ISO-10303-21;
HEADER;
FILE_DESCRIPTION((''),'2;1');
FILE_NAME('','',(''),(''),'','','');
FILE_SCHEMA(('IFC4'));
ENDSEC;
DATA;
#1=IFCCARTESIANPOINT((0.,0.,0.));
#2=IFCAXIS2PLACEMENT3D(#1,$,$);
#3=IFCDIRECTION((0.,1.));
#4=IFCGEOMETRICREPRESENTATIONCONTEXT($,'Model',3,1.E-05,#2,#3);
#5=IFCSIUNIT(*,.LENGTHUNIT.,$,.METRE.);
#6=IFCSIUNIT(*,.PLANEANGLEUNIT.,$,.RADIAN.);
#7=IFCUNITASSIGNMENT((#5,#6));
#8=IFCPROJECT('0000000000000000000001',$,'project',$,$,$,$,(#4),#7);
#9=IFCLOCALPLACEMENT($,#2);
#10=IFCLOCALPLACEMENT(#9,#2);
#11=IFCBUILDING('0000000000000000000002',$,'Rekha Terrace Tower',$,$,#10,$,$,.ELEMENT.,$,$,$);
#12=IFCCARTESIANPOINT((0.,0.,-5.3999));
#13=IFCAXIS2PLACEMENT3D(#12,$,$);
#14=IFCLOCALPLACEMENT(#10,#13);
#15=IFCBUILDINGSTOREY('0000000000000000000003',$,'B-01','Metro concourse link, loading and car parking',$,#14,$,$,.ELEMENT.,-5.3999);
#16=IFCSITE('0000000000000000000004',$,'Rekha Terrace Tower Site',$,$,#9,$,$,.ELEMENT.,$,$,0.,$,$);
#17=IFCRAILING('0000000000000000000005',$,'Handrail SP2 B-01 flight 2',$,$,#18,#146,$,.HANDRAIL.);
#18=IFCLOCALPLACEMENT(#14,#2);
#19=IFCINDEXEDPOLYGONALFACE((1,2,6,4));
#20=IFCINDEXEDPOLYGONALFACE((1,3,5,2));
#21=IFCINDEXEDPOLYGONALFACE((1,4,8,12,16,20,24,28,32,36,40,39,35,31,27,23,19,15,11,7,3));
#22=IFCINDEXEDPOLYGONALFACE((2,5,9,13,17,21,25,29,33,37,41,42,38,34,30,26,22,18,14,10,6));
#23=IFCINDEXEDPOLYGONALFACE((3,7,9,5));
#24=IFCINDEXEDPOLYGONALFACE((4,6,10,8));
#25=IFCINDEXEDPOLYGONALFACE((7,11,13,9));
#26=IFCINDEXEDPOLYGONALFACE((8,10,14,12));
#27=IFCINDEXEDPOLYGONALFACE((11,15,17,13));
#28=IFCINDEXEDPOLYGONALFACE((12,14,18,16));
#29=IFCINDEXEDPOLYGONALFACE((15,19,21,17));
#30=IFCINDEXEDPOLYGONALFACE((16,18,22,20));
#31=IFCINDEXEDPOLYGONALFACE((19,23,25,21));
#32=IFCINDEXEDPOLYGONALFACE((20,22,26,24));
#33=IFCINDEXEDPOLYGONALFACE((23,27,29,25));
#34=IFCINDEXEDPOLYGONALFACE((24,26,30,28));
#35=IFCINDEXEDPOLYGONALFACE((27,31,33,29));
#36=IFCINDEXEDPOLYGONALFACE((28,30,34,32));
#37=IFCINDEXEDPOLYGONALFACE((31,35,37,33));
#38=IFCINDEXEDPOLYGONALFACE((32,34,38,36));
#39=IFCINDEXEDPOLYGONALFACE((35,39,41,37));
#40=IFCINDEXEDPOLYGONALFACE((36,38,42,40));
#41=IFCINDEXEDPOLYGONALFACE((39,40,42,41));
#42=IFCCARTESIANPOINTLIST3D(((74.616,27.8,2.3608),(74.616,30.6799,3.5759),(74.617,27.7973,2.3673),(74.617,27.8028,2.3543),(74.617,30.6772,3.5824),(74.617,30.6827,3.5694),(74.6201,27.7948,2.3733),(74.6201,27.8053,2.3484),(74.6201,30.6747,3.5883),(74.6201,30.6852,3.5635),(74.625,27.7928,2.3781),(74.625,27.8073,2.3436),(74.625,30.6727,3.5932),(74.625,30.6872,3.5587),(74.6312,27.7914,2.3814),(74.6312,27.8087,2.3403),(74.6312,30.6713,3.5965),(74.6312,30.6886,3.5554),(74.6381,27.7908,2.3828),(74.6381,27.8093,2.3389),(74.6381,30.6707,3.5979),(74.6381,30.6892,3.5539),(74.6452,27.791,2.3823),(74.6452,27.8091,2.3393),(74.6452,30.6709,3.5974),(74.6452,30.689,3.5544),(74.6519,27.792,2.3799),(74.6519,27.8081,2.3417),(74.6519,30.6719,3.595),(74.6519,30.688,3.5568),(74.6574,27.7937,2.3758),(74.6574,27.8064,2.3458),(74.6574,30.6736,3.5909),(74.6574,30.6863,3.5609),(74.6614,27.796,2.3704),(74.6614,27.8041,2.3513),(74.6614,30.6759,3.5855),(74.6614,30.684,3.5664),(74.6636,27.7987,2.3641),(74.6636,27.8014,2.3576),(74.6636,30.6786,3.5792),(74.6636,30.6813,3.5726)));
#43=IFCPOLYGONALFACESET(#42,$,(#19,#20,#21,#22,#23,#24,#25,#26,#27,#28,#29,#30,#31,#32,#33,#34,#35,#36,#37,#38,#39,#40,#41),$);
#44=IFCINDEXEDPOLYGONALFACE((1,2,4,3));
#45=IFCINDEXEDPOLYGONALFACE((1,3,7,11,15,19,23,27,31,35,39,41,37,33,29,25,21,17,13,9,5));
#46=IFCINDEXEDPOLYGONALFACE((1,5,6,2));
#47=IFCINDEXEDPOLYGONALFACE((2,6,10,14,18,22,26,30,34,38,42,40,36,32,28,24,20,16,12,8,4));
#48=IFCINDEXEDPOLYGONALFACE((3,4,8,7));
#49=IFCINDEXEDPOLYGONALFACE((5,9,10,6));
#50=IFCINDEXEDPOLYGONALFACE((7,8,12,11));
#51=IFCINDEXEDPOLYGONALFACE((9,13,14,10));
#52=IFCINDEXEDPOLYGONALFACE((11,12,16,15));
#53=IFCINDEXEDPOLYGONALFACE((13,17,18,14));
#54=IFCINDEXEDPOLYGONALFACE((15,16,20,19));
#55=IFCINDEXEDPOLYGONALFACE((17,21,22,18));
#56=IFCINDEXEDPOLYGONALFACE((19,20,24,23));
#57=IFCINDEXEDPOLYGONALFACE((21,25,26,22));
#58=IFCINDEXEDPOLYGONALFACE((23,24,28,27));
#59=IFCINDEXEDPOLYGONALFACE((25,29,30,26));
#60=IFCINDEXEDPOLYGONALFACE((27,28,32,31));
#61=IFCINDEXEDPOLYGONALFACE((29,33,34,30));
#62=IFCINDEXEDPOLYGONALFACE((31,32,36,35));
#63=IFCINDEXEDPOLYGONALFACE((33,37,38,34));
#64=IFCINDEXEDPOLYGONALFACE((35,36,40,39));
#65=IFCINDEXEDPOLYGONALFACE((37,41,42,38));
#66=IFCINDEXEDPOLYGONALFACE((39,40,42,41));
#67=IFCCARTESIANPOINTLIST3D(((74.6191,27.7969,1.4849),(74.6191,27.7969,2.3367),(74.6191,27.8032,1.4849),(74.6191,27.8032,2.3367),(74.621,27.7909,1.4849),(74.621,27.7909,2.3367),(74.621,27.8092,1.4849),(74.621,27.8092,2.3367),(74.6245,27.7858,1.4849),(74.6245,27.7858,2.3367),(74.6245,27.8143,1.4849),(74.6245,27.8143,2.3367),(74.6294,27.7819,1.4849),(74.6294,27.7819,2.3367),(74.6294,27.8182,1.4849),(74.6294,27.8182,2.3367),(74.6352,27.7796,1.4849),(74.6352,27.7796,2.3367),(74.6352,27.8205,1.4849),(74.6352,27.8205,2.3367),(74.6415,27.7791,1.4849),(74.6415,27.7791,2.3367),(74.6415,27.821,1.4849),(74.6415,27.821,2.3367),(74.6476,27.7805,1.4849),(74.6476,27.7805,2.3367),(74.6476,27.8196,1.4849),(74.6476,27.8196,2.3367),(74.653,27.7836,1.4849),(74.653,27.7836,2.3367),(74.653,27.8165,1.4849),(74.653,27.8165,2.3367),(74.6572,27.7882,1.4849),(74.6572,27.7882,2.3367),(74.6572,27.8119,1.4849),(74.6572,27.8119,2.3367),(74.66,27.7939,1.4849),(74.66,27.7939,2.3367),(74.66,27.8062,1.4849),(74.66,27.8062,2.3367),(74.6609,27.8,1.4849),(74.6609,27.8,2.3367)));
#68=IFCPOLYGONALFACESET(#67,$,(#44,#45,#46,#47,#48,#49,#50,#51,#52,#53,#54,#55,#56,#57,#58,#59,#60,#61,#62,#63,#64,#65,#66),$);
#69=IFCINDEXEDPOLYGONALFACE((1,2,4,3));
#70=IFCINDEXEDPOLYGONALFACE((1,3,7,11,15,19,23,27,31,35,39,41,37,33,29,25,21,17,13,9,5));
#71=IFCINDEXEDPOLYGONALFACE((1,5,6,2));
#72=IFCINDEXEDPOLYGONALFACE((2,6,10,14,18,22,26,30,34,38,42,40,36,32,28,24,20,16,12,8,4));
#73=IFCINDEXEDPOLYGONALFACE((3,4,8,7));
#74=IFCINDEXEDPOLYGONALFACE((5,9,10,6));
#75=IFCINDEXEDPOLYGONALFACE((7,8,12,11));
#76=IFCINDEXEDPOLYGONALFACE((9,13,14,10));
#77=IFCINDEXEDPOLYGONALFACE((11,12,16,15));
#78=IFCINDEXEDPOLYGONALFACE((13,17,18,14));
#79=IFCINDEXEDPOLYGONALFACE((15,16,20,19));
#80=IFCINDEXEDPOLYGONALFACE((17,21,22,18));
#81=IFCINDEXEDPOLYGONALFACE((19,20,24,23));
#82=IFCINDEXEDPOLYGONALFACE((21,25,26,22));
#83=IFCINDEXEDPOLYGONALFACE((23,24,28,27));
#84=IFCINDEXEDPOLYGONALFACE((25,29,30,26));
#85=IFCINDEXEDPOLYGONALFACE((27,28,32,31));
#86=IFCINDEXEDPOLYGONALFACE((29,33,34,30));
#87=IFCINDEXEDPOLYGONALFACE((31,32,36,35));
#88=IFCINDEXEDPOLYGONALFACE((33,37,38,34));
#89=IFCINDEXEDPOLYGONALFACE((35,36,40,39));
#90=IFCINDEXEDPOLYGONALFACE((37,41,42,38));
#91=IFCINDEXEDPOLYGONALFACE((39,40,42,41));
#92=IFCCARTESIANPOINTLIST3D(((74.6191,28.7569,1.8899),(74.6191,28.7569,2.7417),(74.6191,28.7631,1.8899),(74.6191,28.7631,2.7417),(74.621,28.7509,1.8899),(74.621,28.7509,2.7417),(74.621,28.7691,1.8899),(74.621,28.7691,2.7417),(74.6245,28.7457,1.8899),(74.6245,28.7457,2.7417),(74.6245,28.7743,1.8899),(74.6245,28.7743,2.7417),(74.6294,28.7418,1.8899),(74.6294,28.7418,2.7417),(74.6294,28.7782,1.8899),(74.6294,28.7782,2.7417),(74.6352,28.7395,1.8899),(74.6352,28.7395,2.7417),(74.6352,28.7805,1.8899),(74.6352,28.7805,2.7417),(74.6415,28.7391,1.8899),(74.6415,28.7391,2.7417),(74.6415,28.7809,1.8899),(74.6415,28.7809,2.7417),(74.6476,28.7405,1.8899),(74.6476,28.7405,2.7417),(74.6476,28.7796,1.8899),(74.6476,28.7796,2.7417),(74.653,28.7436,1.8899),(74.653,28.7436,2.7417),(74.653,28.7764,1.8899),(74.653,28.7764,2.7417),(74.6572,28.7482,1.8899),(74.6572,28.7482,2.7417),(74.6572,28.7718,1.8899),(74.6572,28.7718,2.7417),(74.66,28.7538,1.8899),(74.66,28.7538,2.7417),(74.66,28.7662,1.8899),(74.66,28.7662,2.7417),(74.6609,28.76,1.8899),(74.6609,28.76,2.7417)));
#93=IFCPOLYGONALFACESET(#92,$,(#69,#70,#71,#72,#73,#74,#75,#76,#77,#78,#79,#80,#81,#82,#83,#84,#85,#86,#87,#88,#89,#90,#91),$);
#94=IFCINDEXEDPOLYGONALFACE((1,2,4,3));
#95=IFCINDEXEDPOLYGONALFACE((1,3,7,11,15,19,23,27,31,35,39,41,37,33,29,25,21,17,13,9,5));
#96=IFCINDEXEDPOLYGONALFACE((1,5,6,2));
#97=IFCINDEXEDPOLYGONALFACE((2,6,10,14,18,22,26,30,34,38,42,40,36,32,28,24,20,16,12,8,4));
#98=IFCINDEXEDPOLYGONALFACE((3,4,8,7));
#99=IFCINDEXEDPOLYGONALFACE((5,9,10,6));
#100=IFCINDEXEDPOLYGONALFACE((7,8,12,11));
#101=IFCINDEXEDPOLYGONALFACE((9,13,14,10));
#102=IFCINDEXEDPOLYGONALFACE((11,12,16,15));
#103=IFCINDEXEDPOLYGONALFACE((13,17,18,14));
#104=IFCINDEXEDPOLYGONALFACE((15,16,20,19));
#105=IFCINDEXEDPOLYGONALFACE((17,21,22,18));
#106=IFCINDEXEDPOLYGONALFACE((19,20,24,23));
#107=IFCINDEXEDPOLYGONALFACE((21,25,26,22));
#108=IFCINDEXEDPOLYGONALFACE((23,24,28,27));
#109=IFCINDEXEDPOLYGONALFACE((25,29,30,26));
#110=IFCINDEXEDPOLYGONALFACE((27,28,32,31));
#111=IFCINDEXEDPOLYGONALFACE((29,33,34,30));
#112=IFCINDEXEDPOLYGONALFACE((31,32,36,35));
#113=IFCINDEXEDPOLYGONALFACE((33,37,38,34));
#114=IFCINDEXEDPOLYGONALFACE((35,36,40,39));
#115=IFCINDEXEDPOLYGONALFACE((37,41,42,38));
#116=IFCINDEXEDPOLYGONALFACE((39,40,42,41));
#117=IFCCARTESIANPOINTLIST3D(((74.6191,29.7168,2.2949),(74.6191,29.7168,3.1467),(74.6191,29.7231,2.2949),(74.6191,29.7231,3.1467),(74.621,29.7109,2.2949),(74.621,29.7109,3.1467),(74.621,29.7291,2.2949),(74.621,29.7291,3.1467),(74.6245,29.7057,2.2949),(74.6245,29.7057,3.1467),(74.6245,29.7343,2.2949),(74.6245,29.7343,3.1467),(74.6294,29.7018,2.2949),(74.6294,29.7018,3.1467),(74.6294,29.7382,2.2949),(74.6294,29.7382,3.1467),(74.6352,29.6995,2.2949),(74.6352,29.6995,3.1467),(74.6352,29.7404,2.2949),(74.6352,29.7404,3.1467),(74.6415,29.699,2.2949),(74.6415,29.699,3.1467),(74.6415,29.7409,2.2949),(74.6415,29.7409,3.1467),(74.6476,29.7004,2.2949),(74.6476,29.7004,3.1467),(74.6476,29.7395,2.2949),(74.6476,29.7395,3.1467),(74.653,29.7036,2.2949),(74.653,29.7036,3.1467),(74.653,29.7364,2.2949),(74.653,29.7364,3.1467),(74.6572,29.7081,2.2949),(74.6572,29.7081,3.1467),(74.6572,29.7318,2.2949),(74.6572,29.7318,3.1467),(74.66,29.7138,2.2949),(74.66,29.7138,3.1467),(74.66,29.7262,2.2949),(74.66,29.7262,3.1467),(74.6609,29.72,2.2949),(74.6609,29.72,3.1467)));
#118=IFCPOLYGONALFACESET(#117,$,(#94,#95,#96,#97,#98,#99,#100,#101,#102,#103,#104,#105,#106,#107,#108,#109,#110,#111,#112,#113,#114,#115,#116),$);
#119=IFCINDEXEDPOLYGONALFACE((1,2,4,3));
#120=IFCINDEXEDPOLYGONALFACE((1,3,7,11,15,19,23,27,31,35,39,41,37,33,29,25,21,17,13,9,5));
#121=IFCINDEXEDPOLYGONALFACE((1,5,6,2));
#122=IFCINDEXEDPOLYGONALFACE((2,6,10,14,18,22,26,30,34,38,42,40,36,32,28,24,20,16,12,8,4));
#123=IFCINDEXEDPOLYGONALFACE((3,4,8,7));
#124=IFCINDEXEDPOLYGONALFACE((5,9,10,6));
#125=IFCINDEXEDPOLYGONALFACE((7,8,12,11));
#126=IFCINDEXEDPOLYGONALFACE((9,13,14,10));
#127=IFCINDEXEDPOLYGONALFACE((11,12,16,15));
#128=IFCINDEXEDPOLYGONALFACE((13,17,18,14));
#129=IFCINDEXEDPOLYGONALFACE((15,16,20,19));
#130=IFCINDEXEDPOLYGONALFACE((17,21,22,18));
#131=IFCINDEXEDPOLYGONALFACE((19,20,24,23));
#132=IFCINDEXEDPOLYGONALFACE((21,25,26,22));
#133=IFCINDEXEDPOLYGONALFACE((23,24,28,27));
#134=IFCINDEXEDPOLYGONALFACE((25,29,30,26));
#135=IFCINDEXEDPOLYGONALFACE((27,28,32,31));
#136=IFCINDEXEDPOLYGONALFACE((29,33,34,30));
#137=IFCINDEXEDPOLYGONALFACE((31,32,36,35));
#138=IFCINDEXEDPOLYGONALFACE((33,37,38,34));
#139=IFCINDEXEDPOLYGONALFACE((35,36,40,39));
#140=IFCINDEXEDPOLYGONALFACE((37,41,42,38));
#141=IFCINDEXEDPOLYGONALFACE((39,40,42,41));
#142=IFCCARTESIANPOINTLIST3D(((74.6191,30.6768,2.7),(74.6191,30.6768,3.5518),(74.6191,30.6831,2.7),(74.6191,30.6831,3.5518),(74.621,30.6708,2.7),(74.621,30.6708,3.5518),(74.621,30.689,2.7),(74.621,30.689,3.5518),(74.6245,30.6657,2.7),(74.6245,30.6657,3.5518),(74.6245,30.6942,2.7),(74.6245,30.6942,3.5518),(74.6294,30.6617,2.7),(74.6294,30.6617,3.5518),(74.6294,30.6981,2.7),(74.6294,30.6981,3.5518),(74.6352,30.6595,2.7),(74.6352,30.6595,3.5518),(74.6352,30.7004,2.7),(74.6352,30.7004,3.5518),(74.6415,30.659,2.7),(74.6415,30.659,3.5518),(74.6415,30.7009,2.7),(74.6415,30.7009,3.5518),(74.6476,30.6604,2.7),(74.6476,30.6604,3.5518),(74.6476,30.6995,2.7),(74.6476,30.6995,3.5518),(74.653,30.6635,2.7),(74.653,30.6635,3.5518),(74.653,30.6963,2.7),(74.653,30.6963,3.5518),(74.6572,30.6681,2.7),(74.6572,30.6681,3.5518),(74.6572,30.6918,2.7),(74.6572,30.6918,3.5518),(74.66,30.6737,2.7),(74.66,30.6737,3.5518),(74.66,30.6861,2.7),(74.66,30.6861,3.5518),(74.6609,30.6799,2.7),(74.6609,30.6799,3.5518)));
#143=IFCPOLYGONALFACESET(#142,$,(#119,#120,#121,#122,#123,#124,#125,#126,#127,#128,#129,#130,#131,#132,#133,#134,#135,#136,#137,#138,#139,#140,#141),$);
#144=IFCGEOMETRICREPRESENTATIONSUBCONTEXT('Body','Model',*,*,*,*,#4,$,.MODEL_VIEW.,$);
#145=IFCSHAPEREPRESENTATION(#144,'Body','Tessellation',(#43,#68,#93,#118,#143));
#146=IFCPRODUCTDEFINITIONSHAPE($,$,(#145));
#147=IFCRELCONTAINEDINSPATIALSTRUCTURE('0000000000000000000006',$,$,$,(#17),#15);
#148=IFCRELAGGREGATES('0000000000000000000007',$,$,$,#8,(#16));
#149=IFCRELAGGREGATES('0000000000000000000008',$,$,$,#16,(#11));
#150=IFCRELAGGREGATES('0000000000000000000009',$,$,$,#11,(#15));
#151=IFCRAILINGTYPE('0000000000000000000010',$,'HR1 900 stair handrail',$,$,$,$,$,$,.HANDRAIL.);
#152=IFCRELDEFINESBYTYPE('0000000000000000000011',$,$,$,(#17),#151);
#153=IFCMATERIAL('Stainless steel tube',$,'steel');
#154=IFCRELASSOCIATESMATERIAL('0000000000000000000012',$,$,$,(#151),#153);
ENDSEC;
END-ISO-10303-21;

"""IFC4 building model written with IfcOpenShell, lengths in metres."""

from ifc_helpers import new_model, si_unit, direction, frame, origin, origin_2d, place, context, subcontext, project, spatial, circle, extrude, material, type_object, element, save


model = new_model("IFC4")

# Units and contexts
model_context = context("Model", 3, precision=1e-05, world=origin(), true_north=direction((0.0, 1.0)))
body_context = subcontext(model_context, "Body", "Model", "MODEL_VIEW")
ifc_project = project(units=[si_unit("LENGTHUNIT", "METRE"), si_unit("PLANEANGLEUNIT", "RADIAN")], contexts=[model_context])

# Site, building, storey
site_placement = place(None, origin())
site = spatial("IfcSite", under=ifc_project, at=site_placement, Name="Rekha Terrace Tower Site", CompositionType="ELEMENT", RefElevation=0.0)
building_placement = place(site_placement, origin())
building = spatial("IfcBuilding", under=site, at=building_placement, Name="Rekha Terrace Tower", CompositionType="ELEMENT")
storey_placement = place(building_placement, frame((0.0, 0.0, -5.3999)))
storey = spatial("IfcBuildingStorey", under=building, at=storey_placement, Name="B-01", Description="Metro concourse link, loading and car parking", CompositionType="ELEMENT", Elevation=-5.3999)

# Railing
ifc_material_1 = material(Name="Stainless steel tube", Category="steel")
railing_type_1 = type_object("IfcRailingType", Name="HR1 900 stair handrail", PredefinedType="HANDRAIL", material=ifc_material_1)
railing_1_placement = place(storey_placement, frame((74.6399, 27.8, 1.4849)))
element("IfcRailing", 1, at=railing_1_placement, inside=storey, type_object=railing_type_1, Name="Handrail SP2 B-01 flight 2", PredefinedType="HANDRAIL", context=body_context, shape_type="SweptSolid", body=[
    extrude(circle(Radius=0.0239, at=origin_2d()), frame((0.0, 0.0, 0.876), z_axis=(0.0, 0.921348, 0.388738), x_axis=(-1.0, 0.0, 0.0)), (0.0, 0.0, 1.0), 3.1257),
    extrude(circle(Radius=0.021, at=origin_2d()), origin(), (0.0, 0.0, 1.0), 0.8518),
    extrude(circle(Radius=0.021, at=origin_2d()), frame((0.0, 0.96, 0.405)), (0.0, 0.0, 1.0), 0.8518),
    extrude(circle(Radius=0.021, at=origin_2d()), frame((0.0, 1.9199, 0.8101)), (0.0, 0.0, 1.0), 0.8518),
    extrude(circle(Radius=0.021, at=origin_2d()), frame((0.0, 2.8799, 1.2151)), (0.0, 0.0, 1.0), 0.8518),
])

save(model, "model.ifc")
